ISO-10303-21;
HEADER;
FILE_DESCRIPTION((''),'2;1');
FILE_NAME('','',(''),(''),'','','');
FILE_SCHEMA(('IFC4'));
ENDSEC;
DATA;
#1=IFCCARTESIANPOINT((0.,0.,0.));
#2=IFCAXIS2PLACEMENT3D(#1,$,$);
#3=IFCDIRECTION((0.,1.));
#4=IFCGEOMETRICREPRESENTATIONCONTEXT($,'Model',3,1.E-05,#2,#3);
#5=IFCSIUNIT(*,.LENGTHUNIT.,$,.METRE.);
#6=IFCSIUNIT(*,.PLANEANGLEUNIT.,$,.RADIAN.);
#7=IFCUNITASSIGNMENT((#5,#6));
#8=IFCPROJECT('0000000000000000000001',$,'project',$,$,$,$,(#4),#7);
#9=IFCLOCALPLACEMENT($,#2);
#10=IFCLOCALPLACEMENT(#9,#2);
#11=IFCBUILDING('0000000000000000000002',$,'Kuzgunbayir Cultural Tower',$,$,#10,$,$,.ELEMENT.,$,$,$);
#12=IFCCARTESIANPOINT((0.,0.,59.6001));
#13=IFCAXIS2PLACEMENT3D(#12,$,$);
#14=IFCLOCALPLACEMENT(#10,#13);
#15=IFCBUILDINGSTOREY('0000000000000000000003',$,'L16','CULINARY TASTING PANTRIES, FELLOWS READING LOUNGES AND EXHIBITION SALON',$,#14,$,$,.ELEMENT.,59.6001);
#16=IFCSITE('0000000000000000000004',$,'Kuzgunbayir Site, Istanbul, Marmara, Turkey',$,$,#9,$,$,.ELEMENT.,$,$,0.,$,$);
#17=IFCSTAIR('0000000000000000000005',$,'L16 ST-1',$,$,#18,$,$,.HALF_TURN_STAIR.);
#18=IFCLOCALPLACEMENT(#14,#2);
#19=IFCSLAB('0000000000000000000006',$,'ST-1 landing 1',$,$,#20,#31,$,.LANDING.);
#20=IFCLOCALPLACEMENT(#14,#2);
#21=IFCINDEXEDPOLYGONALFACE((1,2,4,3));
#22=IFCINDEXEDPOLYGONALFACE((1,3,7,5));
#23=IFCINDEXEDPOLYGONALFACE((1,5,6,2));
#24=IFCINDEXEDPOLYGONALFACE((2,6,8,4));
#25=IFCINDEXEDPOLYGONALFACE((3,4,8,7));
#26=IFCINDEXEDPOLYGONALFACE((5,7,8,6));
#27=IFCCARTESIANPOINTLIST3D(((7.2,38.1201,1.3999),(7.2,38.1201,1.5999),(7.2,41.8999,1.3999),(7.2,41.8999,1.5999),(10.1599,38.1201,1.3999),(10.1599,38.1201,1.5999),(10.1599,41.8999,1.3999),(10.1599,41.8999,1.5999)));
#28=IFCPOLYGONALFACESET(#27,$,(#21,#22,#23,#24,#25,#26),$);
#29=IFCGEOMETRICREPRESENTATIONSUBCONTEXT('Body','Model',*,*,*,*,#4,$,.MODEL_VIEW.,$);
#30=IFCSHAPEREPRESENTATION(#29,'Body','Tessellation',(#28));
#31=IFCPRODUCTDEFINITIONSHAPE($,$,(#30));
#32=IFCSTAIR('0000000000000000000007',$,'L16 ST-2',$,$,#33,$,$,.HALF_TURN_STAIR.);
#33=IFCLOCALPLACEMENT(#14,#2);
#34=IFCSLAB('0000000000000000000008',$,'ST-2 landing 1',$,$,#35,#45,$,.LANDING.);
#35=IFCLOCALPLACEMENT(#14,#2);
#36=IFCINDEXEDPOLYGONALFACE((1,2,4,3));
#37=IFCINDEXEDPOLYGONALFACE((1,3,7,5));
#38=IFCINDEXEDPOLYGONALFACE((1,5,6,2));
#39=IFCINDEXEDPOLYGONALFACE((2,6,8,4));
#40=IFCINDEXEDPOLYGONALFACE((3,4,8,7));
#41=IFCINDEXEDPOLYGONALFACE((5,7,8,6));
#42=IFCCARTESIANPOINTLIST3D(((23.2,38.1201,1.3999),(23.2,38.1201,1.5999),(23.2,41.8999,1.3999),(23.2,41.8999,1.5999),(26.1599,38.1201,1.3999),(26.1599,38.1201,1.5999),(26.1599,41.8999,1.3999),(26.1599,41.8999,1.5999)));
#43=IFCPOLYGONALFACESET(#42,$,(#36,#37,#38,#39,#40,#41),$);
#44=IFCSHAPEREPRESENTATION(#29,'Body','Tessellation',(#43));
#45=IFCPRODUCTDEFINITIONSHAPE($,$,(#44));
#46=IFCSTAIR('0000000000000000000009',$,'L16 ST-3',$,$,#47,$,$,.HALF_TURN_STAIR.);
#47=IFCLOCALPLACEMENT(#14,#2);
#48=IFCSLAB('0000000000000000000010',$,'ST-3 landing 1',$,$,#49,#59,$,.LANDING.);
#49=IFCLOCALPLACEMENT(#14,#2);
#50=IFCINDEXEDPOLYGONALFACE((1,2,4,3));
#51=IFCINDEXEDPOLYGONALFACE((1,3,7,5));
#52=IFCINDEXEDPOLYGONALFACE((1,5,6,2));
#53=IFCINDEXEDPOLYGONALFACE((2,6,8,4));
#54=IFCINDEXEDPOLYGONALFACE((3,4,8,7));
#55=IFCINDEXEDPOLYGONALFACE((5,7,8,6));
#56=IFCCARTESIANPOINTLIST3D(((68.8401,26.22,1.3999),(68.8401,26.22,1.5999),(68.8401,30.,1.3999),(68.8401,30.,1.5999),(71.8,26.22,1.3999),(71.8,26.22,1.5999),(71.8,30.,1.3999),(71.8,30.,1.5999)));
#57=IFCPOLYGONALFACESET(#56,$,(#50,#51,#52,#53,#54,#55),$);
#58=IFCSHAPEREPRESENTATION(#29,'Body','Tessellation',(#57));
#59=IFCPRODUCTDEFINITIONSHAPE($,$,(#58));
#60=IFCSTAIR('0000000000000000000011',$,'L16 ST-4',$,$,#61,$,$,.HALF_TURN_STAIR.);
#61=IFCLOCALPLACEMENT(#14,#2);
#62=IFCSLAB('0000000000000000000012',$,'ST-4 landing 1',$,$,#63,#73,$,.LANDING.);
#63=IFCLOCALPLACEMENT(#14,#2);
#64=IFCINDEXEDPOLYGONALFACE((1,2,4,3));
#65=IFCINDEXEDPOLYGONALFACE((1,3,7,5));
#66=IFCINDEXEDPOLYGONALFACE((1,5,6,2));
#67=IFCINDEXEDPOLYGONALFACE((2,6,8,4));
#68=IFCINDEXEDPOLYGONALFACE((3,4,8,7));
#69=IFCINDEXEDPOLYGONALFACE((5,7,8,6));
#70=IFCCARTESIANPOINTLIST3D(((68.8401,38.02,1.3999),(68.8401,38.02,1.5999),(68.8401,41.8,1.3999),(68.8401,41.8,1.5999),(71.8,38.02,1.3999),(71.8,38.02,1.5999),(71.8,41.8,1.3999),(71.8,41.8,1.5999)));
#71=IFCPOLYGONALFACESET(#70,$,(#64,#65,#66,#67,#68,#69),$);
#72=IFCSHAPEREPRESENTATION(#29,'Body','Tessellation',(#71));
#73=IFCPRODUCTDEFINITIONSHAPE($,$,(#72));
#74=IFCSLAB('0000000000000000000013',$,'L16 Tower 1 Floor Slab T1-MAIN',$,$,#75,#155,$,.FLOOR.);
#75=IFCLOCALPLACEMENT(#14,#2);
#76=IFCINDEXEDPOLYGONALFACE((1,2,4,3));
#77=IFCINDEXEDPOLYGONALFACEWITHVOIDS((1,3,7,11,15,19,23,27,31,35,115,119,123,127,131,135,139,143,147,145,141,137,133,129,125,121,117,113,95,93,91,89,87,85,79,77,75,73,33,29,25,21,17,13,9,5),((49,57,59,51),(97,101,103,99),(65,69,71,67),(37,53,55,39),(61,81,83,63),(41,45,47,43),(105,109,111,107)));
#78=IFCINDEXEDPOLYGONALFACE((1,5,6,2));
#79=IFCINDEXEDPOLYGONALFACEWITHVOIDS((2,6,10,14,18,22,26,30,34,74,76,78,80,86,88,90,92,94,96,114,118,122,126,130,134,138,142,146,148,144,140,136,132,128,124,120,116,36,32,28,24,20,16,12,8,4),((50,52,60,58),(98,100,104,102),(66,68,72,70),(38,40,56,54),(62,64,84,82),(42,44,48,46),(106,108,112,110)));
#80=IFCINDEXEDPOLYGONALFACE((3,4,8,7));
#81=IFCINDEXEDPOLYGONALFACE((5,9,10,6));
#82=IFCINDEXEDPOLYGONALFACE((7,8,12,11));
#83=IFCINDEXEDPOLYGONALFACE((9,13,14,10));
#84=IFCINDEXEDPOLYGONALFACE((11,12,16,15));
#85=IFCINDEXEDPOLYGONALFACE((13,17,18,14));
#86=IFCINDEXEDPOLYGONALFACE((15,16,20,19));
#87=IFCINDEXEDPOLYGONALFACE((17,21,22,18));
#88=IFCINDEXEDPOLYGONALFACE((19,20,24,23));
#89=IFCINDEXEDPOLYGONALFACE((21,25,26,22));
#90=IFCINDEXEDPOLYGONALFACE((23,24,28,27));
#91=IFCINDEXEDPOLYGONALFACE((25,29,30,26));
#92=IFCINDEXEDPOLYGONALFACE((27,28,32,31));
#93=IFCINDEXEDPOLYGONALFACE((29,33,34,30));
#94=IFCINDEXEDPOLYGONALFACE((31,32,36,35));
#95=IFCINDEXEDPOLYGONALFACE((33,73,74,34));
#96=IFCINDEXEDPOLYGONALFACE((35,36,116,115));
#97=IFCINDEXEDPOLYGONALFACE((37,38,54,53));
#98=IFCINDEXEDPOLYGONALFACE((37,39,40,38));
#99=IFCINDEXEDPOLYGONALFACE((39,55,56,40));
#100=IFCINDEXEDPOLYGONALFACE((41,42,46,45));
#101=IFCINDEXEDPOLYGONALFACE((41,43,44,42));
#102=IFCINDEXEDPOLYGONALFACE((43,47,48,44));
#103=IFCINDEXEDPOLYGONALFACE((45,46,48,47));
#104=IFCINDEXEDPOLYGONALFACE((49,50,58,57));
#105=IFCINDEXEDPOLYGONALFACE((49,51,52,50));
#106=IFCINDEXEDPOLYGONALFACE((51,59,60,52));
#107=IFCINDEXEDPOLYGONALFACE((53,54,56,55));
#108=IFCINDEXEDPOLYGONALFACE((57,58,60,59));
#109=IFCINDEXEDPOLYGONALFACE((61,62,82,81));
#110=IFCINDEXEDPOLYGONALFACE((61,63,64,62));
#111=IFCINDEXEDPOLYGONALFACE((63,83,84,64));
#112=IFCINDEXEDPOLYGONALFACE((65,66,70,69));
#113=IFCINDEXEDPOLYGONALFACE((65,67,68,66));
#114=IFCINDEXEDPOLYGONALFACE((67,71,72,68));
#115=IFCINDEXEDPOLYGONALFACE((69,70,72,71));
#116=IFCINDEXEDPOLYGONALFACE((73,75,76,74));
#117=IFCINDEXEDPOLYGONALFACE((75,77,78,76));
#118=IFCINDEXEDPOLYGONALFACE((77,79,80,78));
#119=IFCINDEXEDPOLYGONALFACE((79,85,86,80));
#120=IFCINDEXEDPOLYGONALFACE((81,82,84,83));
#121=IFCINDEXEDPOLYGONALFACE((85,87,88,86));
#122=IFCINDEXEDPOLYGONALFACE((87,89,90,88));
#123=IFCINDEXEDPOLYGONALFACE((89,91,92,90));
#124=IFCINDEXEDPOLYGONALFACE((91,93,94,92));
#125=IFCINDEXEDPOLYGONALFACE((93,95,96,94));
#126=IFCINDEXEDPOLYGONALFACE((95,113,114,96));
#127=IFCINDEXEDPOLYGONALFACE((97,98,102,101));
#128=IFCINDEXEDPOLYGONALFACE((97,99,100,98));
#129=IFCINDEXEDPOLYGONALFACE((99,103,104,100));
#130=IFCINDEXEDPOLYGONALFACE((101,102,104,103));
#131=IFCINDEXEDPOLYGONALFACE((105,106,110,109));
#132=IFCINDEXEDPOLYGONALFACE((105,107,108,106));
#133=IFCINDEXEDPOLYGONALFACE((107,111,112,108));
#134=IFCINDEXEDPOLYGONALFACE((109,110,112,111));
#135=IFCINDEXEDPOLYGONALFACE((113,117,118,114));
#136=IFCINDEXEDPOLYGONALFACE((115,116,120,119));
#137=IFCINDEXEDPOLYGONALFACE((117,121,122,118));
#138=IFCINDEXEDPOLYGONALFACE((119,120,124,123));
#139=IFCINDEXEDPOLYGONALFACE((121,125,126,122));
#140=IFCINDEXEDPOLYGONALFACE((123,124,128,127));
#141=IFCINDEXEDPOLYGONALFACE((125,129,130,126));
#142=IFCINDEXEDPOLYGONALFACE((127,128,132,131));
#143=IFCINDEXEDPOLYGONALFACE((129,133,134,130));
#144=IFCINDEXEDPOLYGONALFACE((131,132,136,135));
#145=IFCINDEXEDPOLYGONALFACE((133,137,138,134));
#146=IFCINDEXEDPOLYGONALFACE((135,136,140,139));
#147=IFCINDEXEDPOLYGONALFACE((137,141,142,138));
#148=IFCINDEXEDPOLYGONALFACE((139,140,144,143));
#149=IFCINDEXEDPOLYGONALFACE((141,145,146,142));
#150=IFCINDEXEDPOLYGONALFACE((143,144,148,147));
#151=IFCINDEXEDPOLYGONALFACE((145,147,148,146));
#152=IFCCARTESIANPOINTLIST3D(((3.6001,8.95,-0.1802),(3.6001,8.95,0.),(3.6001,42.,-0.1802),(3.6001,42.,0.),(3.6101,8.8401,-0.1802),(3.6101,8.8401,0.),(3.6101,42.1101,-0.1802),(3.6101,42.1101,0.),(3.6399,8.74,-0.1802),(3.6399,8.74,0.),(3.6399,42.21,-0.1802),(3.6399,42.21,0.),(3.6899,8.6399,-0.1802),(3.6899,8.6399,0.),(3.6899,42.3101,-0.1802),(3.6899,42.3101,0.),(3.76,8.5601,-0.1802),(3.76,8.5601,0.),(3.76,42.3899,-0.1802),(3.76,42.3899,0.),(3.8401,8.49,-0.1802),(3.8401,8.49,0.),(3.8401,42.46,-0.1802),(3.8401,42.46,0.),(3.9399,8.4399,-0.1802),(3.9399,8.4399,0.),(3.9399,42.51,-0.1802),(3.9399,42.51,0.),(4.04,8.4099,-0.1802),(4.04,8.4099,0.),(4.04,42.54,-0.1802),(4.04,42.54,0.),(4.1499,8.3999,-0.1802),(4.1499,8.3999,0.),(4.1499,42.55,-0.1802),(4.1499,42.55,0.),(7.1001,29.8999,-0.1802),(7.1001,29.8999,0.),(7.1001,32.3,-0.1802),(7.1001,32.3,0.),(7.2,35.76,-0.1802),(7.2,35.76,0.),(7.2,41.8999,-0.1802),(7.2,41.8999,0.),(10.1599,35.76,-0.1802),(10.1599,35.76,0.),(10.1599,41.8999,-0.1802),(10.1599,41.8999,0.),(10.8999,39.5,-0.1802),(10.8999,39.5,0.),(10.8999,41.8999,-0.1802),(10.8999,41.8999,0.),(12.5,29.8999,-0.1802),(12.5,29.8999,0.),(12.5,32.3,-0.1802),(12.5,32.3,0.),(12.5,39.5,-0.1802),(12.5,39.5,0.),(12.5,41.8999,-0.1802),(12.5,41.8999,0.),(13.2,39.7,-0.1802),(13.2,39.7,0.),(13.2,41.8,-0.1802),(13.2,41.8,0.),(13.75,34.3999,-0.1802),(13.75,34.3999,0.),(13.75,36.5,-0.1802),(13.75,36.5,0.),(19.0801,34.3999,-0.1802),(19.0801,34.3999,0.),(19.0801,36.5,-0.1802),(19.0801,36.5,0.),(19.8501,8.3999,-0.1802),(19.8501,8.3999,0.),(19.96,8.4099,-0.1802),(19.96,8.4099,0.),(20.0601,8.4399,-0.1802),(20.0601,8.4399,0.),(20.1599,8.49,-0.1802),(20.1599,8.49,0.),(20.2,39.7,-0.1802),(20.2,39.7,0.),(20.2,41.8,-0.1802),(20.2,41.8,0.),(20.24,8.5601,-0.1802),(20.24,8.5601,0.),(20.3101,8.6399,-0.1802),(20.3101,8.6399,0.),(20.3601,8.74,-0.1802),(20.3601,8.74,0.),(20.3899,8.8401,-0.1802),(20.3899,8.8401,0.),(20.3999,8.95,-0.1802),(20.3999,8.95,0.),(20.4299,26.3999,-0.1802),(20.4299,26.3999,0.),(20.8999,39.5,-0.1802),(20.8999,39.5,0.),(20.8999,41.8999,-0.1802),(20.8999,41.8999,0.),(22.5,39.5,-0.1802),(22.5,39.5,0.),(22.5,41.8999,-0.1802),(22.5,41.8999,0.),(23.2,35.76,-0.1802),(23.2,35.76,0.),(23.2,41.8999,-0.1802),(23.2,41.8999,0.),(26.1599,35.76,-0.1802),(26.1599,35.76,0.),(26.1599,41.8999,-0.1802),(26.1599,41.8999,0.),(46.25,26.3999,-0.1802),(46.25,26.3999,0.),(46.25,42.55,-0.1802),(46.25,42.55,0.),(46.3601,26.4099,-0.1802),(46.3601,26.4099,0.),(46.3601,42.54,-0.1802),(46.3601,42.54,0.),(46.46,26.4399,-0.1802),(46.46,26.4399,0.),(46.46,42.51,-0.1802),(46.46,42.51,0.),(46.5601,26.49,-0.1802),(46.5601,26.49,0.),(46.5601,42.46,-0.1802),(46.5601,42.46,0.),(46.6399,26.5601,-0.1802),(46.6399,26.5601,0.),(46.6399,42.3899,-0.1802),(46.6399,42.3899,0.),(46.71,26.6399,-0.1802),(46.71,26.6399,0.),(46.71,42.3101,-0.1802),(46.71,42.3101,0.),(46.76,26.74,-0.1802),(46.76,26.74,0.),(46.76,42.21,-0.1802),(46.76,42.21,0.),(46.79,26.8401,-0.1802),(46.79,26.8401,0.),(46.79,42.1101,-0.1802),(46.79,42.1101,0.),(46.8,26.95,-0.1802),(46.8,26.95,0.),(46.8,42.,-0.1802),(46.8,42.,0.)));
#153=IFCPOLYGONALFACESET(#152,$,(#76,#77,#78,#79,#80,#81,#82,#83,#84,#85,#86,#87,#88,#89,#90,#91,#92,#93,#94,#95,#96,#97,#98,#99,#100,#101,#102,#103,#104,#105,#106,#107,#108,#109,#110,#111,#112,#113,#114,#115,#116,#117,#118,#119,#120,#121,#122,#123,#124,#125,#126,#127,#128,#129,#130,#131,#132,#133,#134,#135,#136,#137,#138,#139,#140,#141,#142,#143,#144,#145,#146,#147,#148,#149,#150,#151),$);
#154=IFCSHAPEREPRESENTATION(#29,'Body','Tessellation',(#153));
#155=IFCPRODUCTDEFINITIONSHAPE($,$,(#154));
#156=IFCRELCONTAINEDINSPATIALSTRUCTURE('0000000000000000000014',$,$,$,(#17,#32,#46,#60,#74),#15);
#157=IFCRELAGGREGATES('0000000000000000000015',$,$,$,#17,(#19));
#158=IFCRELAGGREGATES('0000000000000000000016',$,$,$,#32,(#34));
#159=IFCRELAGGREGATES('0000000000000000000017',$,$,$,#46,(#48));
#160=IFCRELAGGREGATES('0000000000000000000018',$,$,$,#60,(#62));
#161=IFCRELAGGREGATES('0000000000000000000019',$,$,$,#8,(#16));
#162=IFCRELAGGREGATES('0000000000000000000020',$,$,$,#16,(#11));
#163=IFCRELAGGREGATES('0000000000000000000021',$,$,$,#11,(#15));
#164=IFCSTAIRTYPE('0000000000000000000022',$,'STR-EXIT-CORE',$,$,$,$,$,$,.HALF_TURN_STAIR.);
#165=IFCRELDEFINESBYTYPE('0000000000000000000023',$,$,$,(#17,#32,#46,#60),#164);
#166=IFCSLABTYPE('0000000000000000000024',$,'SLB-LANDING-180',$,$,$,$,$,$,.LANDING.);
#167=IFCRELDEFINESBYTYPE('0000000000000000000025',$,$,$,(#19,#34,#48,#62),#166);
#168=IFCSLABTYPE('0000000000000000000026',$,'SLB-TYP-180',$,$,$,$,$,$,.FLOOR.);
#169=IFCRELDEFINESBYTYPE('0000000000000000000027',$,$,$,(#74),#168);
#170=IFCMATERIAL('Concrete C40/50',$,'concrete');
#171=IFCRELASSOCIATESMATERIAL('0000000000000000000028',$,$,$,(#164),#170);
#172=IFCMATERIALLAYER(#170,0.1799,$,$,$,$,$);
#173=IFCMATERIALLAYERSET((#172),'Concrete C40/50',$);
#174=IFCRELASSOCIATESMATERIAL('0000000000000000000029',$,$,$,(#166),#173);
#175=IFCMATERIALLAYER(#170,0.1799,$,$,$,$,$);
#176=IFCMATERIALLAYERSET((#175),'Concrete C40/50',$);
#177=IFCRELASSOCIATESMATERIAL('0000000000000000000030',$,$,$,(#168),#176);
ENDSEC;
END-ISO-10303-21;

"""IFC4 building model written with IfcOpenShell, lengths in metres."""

from ifc_helpers import new_model, si_unit, direction, frame, origin, place, context, subcontext, project, spatial, polyline, outline, extrude, material, layer, layer_set, type_object, element, aggregate, save


model = new_model("IFC4")

# Units and contexts
model_context = context("Model", 3, precision=1e-05, world=origin(), true_north=direction((0.0, 1.0)))
body_context = subcontext(model_context, "Body", "Model", "MODEL_VIEW")
ifc_project = project(units=[si_unit("LENGTHUNIT", "METRE"), si_unit("PLANEANGLEUNIT", "RADIAN")], contexts=[model_context])

# Site, building, storey
site_placement = place(None, origin())
site = spatial("IfcSite", under=ifc_project, at=site_placement, Name="Kuzgunbayir Site, Istanbul, Marmara, Turkey", CompositionType="ELEMENT", RefElevation=0.0)
building_placement = place(site_placement, origin())
building = spatial("IfcBuilding", under=site, at=building_placement, Name="Kuzgunbayir Cultural Tower", CompositionType="ELEMENT")
storey_placement = place(building_placement, frame((0.0, 0.0, 59.6001)))
storey = spatial("IfcBuildingStorey", under=building, at=storey_placement, Name="L16", Description="CULINARY TASTING PANTRIES, FELLOWS READING LOUNGES AND EXHIBITION SALON", CompositionType="ELEMENT", Elevation=59.6001)

# Shared definitions
ifc_material_1 = material(Name="Concrete C40/50", Category="concrete")

# Stairs, slabs
stair_type = type_object("IfcStairType", Name="STR-EXIT-CORE", PredefinedType="HALF_TURN_STAIR", material=ifc_material_1)
stair_1_placement = place(storey_placement, origin())
stair_1 = element("IfcStair", 1, at=stair_1_placement, inside=storey, type_object=stair_type, Name="L16 ST-1", PredefinedType="HALF_TURN_STAIR")
ifc_layer_1 = layer(ifc_material_1, 0.1799)
ifc_layer_set_1 = layer_set([ifc_layer_1], Name="Concrete C40/50")
slab_type_1 = type_object("IfcSlabType", Name="SLB-LANDING-180", PredefinedType="LANDING", material=ifc_layer_set_1)
slab_1_placement = place(storey_placement, frame((0.0, 0.0, 1.3999)))
slab_1 = element("IfcSlab", 2, at=slab_1_placement, type_object=slab_type_1, Name="ST-1 landing 1", PredefinedType="LANDING", context=body_context, shape_type="SweptSolid", body=[
    extrude(outline(polyline([(10.1599, 38.1201), (10.1599, 41.8999), (7.2, 41.8999), (7.2, 38.1201), (10.1599, 38.1201)])), origin(), (0.0, 0.0, 1.0), 0.2),
])
aggregate(stair_1, [slab_1])
stair_2_placement = place(storey_placement, origin())
stair_2 = element("IfcStair", 3, at=stair_2_placement, inside=storey, type_object=stair_type, Name="L16 ST-2", PredefinedType="HALF_TURN_STAIR")
slab_2_placement = place(storey_placement, frame((0.0, 0.0, 1.3999)))
slab_2 = element("IfcSlab", 4, at=slab_2_placement, type_object=slab_type_1, Name="ST-2 landing 1", PredefinedType="LANDING", context=body_context, shape_type="SweptSolid", body=[
    extrude(outline(polyline([(26.1599, 38.1201), (26.1599, 41.8999), (23.2, 41.8999), (23.2, 38.1201), (26.1599, 38.1201)])), origin(), (0.0, 0.0, 1.0), 0.2),
])
aggregate(stair_2, [slab_2])
stair_3_placement = place(storey_placement, origin())
stair_3 = element("IfcStair", 5, at=stair_3_placement, inside=storey, type_object=stair_type, Name="L16 ST-3", PredefinedType="HALF_TURN_STAIR")
slab_3_placement = place(storey_placement, frame((0.0, 0.0, 1.3999)))
slab_3 = element("IfcSlab", 6, at=slab_3_placement, type_object=slab_type_1, Name="ST-3 landing 1", PredefinedType="LANDING", context=body_context, shape_type="SweptSolid", body=[
    extrude(outline(polyline([(71.8, 26.22), (71.8, 30.0), (68.8401, 30.0), (68.8401, 26.22), (71.8, 26.22)])), origin(), (0.0, 0.0, 1.0), 0.2),
])
aggregate(stair_3, [slab_3])
stair_4_placement = place(storey_placement, origin())
stair_4 = element("IfcStair", 7, at=stair_4_placement, inside=storey, type_object=stair_type, Name="L16 ST-4", PredefinedType="HALF_TURN_STAIR")
slab_4_placement = place(storey_placement, frame((0.0, 0.0, 1.3999)))
slab_4 = element("IfcSlab", 8, at=slab_4_placement, type_object=slab_type_1, Name="ST-4 landing 1", PredefinedType="LANDING", context=body_context, shape_type="SweptSolid", body=[
    extrude(outline(polyline([(71.8, 38.02), (71.8, 41.8), (68.8401, 41.8), (68.8401, 38.02), (71.8, 38.02)])), origin(), (0.0, 0.0, 1.0), 0.2),
])
aggregate(stair_4, [slab_4])

# Slab
ifc_layer_2 = layer(ifc_material_1, 0.1799)
ifc_layer_set_2 = layer_set([ifc_layer_2], Name="Concrete C40/50")
slab_type_2 = type_object("IfcSlabType", Name="SLB-TYP-180", PredefinedType="FLOOR", material=ifc_layer_set_2)
slab_5_placement = place(storey_placement, frame((0.0, 0.0, -0.1802)))
element("IfcSlab", 9, at=slab_5_placement, inside=storey, type_object=slab_type_2, Name="L16 Tower 1 Floor Slab T1-MAIN", PredefinedType="FLOOR", context=body_context, shape_type="SweptSolid", body=[
    extrude(outline(polyline([(20.3999, 8.95), (20.3899, 8.8401), (20.3601, 8.74), (20.3101, 8.6399), (20.24, 8.5601), (20.1599, 8.49), (20.0601, 8.4399), (19.96, 8.4099), (19.8501, 8.3999), (4.1499, 8.3999), (4.04, 8.4099), (3.9399, 8.4399), (3.8401, 8.49), (3.76, 8.5601), (3.6899, 8.6399), (3.6399, 8.74), (3.6101, 8.8401), (3.6001, 8.95), (3.6001, 42.0), (3.6101, 42.1101), (3.6399, 42.21), (3.6899, 42.3101), (3.76, 42.3899), (3.8401, 42.46), (3.9399, 42.51), (4.04, 42.54), (4.1499, 42.55), (46.25, 42.55), (46.3601, 42.54), (46.46, 42.51), (46.5601, 42.46), (46.6399, 42.3899), (46.71, 42.3101), (46.76, 42.21), (46.79, 42.1101), (46.8, 42.0), (46.8, 26.95), (46.79, 26.8401), (46.76, 26.74), (46.71, 26.6399), (46.6399, 26.5601), (46.5601, 26.49), (46.46, 26.4399), (46.3601, 26.4099), (46.25, 26.3999), (20.4299, 26.3999), (20.3999, 8.95)]), holes=[polyline([(7.2, 35.76), (7.2, 41.8999), (10.1599, 41.8999), (10.1599, 35.76), (7.2, 35.76)]), polyline([(23.2, 35.76), (23.2, 41.8999), (26.1599, 41.8999), (26.1599, 35.76), (23.2, 35.76)]), polyline([(13.2, 39.7), (13.2, 41.8), (20.2, 41.8), (20.2, 39.7), (13.2, 39.7)]), polyline([(13.75, 34.3999), (13.75, 36.5), (19.0801, 36.5), (19.0801, 34.3999), (13.75, 34.3999)]), polyline([(7.1001, 29.8999), (7.1001, 32.3), (12.5, 32.3), (12.5, 29.8999), (7.1001, 29.8999)]), polyline([(10.8999, 39.5), (10.8999, 41.8999), (12.5, 41.8999), (12.5, 39.5), (10.8999, 39.5)]), polyline([(20.8999, 39.5), (20.8999, 41.8999), (22.5, 41.8999), (22.5, 39.5), (20.8999, 39.5)])]), origin(), (0.0, 0.0, 1.0), 0.1802),
])

save(model, "model.ifc")
